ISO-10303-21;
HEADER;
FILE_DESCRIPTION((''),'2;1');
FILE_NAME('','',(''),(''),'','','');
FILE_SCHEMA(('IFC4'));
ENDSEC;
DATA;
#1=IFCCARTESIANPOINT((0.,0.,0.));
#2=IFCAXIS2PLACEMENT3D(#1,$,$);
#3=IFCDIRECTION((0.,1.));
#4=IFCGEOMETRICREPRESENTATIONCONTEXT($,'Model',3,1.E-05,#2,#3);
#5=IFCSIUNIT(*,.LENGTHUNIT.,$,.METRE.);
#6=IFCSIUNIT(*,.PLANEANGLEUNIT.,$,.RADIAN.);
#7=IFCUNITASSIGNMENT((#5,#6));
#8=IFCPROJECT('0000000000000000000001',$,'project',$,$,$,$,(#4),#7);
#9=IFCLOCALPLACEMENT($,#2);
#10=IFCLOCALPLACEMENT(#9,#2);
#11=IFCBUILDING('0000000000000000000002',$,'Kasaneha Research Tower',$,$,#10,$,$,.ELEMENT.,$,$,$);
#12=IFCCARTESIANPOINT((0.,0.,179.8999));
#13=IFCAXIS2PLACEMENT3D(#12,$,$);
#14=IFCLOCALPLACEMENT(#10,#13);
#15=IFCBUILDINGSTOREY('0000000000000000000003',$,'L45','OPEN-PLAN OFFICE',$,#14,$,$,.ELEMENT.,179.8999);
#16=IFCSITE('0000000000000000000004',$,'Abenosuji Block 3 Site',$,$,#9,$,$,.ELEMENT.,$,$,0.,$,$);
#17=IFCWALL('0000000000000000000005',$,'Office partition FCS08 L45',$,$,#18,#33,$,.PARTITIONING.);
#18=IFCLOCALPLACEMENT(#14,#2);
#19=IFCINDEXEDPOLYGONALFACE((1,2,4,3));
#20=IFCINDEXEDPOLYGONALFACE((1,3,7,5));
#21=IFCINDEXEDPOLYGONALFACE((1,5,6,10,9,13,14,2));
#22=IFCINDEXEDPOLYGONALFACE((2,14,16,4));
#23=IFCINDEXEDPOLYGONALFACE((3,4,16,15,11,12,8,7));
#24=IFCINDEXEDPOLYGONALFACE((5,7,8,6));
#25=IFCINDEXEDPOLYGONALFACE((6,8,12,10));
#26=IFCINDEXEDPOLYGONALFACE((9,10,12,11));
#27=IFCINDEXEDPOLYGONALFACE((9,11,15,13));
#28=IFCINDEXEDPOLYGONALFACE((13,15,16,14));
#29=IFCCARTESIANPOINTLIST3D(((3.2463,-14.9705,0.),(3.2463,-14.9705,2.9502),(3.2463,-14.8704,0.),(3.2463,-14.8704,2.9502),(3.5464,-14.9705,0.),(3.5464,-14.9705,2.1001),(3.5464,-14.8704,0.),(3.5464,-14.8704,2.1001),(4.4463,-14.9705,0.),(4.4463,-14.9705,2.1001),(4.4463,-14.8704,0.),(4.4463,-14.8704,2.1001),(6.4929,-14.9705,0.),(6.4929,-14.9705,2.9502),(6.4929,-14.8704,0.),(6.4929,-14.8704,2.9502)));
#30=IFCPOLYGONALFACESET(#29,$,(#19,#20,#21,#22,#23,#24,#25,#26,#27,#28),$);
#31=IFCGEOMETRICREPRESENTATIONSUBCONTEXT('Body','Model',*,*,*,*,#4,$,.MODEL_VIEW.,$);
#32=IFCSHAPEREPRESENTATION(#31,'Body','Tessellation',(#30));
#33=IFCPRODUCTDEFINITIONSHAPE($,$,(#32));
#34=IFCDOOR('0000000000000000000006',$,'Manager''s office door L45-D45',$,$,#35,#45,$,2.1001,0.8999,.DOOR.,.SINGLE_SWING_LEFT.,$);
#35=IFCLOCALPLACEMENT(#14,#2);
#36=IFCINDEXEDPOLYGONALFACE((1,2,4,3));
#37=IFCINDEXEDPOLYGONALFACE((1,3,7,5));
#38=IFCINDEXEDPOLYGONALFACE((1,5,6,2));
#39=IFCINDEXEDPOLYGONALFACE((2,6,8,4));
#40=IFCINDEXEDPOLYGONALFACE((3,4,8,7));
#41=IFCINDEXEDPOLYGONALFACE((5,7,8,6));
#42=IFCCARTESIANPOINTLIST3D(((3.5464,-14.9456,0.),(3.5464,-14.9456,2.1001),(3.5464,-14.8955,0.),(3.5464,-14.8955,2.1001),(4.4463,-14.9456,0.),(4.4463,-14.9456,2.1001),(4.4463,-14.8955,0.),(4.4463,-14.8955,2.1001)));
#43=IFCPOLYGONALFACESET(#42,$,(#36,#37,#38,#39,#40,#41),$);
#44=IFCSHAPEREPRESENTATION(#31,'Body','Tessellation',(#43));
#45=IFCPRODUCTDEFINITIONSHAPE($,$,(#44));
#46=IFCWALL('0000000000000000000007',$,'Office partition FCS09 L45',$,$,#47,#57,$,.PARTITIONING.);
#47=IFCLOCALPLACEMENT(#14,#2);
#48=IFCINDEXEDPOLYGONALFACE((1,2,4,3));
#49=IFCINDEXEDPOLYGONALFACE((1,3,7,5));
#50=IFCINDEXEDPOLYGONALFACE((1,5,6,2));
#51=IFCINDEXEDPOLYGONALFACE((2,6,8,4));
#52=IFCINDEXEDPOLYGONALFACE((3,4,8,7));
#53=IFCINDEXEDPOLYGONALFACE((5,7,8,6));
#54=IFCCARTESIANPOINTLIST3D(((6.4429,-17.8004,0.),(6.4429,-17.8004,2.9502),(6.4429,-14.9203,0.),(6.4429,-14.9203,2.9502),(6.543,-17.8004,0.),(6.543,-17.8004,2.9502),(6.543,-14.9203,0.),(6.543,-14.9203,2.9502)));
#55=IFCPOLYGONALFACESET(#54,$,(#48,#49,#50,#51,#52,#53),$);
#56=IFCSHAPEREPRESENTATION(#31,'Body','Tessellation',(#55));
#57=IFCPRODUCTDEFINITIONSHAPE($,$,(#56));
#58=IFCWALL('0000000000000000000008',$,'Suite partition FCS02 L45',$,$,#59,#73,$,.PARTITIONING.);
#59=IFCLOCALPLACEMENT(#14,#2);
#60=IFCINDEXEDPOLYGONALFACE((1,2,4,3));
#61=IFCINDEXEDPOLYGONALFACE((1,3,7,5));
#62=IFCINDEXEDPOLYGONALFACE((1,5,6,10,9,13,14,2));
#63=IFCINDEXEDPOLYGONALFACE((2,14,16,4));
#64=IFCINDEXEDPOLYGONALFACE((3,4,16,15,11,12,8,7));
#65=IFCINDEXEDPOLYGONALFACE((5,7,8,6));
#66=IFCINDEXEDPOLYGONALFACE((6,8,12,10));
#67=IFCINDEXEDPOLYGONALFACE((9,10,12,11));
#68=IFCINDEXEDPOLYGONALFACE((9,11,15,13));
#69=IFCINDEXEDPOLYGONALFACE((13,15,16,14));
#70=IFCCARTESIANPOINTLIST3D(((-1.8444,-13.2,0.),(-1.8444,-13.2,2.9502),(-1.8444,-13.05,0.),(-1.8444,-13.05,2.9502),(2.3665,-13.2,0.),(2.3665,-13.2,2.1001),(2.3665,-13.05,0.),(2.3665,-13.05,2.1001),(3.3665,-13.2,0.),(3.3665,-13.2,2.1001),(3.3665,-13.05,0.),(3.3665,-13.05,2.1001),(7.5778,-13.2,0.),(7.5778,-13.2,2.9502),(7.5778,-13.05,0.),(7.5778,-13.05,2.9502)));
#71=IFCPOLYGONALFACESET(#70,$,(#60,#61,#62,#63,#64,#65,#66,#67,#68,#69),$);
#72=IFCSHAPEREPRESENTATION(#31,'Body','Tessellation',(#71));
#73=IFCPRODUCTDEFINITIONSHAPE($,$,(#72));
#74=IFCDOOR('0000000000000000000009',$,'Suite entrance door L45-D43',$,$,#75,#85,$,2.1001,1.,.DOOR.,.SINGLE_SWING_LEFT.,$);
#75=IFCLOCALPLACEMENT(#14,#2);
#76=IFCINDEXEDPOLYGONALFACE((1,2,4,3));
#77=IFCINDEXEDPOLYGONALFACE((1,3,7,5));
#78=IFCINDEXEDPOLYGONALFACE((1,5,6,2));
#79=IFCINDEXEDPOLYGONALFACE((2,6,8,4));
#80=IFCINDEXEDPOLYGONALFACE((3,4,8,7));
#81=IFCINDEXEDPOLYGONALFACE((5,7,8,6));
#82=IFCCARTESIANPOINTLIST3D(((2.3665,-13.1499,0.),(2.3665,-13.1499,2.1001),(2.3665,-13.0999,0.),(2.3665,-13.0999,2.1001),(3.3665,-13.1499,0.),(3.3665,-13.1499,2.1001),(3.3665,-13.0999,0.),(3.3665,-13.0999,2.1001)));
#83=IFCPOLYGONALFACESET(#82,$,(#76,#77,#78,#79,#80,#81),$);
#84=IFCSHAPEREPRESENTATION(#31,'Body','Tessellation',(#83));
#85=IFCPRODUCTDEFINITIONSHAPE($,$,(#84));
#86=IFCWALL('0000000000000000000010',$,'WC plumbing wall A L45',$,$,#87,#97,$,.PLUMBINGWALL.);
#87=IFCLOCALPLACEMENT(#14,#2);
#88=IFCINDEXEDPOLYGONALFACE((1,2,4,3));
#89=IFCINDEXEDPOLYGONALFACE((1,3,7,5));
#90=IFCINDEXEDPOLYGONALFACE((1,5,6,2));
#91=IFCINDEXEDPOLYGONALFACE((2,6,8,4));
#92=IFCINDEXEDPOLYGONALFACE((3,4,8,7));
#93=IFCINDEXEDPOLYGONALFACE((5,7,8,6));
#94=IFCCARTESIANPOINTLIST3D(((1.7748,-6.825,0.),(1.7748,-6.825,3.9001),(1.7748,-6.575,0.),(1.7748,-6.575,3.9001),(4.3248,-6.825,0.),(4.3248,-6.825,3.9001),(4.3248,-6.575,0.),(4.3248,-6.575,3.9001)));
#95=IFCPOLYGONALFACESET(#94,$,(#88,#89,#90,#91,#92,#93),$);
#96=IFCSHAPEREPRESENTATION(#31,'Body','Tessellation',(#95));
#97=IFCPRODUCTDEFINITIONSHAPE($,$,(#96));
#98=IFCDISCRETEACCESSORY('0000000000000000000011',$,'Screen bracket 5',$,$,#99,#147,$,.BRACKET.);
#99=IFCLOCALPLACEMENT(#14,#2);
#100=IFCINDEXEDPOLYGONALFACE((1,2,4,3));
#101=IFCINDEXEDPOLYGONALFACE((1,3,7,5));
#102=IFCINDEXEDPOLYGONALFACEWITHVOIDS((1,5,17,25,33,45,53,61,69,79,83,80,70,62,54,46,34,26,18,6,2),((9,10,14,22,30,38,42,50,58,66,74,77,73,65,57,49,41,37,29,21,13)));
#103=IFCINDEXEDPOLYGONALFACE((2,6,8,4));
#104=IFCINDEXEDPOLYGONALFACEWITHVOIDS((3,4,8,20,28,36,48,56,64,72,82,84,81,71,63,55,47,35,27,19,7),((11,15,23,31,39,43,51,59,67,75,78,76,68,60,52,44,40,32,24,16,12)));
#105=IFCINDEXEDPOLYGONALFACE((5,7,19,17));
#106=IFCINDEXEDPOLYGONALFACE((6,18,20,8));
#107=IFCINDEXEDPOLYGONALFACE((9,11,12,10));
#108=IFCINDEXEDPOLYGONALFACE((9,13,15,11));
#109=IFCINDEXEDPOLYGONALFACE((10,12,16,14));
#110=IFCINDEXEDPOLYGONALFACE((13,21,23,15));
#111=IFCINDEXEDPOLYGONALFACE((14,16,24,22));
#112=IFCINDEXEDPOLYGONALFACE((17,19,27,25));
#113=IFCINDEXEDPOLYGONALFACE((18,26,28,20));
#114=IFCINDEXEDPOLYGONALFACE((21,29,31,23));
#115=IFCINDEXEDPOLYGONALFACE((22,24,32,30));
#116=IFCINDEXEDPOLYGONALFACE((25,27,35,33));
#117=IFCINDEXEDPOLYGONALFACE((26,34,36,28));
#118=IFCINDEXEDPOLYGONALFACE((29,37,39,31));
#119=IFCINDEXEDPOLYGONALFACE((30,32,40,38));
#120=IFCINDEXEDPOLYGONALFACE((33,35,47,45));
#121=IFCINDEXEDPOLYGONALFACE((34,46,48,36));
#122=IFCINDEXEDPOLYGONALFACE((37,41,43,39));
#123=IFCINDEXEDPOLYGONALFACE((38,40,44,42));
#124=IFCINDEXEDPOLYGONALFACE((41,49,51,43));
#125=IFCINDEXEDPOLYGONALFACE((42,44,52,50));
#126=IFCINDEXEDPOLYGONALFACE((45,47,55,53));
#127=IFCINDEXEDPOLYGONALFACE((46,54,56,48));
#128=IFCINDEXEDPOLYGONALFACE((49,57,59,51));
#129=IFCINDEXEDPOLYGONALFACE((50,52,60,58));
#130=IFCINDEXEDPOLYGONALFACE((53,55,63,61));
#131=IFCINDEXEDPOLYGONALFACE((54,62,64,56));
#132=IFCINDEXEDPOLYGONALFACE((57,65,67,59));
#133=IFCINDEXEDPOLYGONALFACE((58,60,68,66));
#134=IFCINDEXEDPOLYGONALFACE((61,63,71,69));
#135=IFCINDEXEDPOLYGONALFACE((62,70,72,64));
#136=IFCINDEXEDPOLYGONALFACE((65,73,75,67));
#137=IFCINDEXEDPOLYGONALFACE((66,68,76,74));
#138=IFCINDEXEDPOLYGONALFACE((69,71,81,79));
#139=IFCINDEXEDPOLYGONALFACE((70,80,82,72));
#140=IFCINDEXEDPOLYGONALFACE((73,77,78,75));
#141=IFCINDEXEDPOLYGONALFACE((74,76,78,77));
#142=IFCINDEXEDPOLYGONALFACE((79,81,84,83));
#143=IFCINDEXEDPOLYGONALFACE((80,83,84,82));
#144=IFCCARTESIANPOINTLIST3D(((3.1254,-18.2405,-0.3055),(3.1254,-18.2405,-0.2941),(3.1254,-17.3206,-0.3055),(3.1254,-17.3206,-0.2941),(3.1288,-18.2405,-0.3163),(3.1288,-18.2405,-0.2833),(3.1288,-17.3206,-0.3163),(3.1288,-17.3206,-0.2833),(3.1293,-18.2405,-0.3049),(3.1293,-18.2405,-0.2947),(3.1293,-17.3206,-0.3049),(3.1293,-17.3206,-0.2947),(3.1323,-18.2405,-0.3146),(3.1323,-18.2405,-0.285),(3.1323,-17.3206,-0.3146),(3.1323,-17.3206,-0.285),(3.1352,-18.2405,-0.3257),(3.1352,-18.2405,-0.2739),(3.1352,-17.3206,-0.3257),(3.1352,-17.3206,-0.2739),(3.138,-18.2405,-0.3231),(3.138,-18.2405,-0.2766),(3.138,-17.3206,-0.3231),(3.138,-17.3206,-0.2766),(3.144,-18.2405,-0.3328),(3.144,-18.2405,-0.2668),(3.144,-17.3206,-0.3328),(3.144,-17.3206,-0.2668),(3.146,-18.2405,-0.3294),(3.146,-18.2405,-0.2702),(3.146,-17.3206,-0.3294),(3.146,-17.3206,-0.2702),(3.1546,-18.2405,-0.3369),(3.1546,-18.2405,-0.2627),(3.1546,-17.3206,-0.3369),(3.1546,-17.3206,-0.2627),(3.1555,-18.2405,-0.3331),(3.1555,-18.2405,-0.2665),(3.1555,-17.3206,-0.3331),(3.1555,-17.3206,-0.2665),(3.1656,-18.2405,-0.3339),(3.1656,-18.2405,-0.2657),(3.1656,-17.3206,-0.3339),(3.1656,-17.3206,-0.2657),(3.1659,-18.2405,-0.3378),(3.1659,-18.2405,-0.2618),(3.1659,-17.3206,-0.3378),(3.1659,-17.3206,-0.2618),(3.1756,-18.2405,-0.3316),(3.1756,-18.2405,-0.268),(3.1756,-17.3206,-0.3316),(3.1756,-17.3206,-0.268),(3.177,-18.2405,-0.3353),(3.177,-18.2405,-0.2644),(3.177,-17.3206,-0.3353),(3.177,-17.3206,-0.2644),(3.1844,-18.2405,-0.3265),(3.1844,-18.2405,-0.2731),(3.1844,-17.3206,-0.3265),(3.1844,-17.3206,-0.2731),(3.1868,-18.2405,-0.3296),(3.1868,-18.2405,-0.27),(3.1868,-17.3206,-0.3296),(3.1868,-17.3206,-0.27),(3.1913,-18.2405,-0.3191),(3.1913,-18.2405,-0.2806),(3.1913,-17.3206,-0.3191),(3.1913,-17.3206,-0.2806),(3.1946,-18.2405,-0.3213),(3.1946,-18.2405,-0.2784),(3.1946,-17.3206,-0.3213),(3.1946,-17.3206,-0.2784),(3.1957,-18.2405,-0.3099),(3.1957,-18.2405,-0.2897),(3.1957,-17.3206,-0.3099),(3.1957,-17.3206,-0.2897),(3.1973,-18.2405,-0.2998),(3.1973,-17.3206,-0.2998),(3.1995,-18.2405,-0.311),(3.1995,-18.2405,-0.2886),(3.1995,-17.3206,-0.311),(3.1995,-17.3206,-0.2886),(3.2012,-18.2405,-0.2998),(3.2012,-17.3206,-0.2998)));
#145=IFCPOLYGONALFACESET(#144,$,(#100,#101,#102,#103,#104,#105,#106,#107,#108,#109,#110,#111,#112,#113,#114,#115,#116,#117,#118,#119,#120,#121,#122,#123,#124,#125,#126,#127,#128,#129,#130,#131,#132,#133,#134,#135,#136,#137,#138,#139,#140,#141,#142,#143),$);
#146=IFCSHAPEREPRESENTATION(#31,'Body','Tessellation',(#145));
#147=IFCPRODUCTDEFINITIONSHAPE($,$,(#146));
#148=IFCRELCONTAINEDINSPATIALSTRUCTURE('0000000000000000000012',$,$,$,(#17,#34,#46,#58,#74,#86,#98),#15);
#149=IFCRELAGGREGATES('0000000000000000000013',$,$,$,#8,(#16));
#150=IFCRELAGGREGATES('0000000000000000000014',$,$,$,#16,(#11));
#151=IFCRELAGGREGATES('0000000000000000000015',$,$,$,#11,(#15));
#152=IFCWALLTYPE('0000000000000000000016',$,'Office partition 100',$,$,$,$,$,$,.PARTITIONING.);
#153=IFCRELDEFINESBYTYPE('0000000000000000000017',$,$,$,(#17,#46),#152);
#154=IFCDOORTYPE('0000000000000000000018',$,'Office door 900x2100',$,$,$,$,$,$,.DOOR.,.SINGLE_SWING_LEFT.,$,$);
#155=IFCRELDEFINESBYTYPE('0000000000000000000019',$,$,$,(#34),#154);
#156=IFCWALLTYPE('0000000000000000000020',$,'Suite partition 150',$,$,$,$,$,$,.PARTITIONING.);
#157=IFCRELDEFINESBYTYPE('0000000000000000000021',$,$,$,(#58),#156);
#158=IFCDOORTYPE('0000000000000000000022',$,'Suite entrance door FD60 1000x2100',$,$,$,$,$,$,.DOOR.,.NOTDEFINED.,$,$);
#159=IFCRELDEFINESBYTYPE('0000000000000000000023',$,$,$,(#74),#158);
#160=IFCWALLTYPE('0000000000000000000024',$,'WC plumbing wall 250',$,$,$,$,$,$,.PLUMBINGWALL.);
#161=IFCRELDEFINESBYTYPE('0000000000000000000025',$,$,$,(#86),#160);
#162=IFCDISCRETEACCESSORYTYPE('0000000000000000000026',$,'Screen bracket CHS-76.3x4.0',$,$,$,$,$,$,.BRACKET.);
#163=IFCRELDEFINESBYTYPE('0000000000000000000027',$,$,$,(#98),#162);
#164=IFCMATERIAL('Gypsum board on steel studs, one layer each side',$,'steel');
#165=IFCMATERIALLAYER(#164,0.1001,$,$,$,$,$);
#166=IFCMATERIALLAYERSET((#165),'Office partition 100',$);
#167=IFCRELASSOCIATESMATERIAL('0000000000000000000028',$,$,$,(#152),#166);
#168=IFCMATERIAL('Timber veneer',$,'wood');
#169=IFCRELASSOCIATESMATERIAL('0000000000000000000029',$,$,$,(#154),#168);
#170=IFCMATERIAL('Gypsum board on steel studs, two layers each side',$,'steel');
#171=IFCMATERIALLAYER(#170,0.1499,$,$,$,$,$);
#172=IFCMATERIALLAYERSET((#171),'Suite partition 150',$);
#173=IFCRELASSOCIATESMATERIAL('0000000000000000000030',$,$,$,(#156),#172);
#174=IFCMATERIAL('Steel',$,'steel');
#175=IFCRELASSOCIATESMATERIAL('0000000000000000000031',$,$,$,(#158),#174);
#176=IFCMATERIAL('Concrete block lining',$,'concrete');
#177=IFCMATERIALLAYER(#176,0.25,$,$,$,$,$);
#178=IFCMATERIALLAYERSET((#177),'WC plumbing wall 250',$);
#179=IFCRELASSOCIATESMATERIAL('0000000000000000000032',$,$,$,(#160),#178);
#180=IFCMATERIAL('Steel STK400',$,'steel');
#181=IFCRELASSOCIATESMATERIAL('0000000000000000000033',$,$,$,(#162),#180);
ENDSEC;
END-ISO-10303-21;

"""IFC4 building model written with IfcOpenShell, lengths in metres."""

from ifc_helpers import new_model, si_unit, direction, frame, frame_2d, origin, origin_2d, place, context, subcontext, project, spatial, rectangle, hollow_circle, extrude, material, layer, layer_set, material_profile, profile_set, type_object, element, fill, save


model = new_model("IFC4")

# Units and contexts
model_context = context("Model", 3, precision=1e-05, world=origin(), true_north=direction((0.0, 1.0)))
body_context = subcontext(model_context, "Body", "Model", "MODEL_VIEW")
ifc_project = project(units=[si_unit("LENGTHUNIT", "METRE"), si_unit("PLANEANGLEUNIT", "RADIAN")], contexts=[model_context])

# Site, building, storey
site_placement = place(None, origin())
site = spatial("IfcSite", under=ifc_project, at=site_placement, Name="Abenosuji Block 3 Site", CompositionType="ELEMENT", RefElevation=0.0)
building_placement = place(site_placement, origin())
building = spatial("IfcBuilding", under=site, at=building_placement, Name="Kasaneha Research Tower", CompositionType="ELEMENT")
storey_placement = place(building_placement, frame((0.0, 0.0, 179.8999)))
storey = spatial("IfcBuildingStorey", under=building, at=storey_placement, Name="L45", Description="OPEN-PLAN OFFICE", CompositionType="ELEMENT", Elevation=179.8999)

# Wall, opening, door
ifc_material_1 = material(Name="Gypsum board on steel studs, one layer each side", Category="steel")
ifc_layer_1 = layer(ifc_material_1, 0.1001)
ifc_layer_set_1 = layer_set([ifc_layer_1], Name="Office partition 100")
wall_type_1 = type_object("IfcWallType", Name="Office partition 100", PredefinedType="PARTITIONING", material=ifc_layer_set_1)
wall_1_placement = place(storey_placement, frame((3.2463, -14.9204, 0.0), z_axis=(0.0, 0.0, 1.0), x_axis=(1.0, 0.0, 0.0)))
wall_1 = element("IfcWall", 1, at=wall_1_placement, inside=storey, type_object=wall_type_1, Name="Office partition FCS08 L45", PredefinedType="PARTITIONING", context=body_context, shape_type="SweptSolid", body=[
    extrude(rectangle(XDim=3.2466, YDim=0.1001, at=frame_2d((1.6233, 0.0))), origin(), (0.0, 0.0, 1.0), 2.9502),
])
opening_1_placement = place(wall_1_placement, frame((0.3, 0.0, 0.0)))
opening_1 = element("IfcOpeningElement", 2, at=opening_1_placement, cuts=wall_1, PredefinedType="OPENING", context=body_context, shape_type="SweptSolid", body=[
    extrude(rectangle(XDim=0.8999, YDim=2.1001, at=frame_2d((0.45, 1.05))), frame((0.0, 0.0601, 0.0), z_axis=(0.0, -1.0, 0.0), x_axis=(1.0, 0.0, 0.0)), (0.0, 0.0, 1.0), 0.1201),
])
ifc_material_2 = material(Name="Timber veneer", Category="wood")
door_type_1 = type_object("IfcDoorType", Name="Office door 900x2100", OperationType="SINGLE_SWING_LEFT", PredefinedType="DOOR", material=ifc_material_2)
door_1_placement = place(opening_1_placement, origin())
door_1 = element("IfcDoor", 3, at=door_1_placement, inside=storey, type_object=door_type_1, Name="Manager's office door L45-D45", OperationType="SINGLE_SWING_LEFT", OverallHeight=2.1001, OverallWidth=0.8999, PredefinedType="DOOR", context=body_context, shape_type="SweptSolid", body=[
    extrude(rectangle(XDim=0.8999, YDim=2.1001, at=frame_2d((0.45, 1.05))), frame((0.0, 0.0249, 0.0), z_axis=(0.0, -1.0, 0.0), x_axis=(1.0, 0.0, 0.0)), (0.0, 0.0, 1.0), 0.05),
])
fill(opening_1, door_1)

# Wall
wall_2_placement = place(storey_placement, frame((6.4929, -14.9204, 0.0), z_axis=(0.0, 0.0, 1.0), x_axis=(0.0, -1.0, 0.0)))
element("IfcWall", 4, at=wall_2_placement, inside=storey, type_object=wall_type_1, Name="Office partition FCS09 L45", PredefinedType="PARTITIONING", context=body_context, shape_type="SweptSolid", body=[
    extrude(rectangle(XDim=2.8801, YDim=0.1001, at=frame_2d((1.4399, 0.0))), origin(), (0.0, 0.0, 1.0), 2.9502),
])

# Wall, opening, door
ifc_material_3 = material(Name="Gypsum board on steel studs, two layers each side", Category="steel")
ifc_layer_2 = layer(ifc_material_3, 0.1499)
ifc_layer_set_2 = layer_set([ifc_layer_2], Name="Suite partition 150")
wall_type_2 = type_object("IfcWallType", Name="Suite partition 150", PredefinedType="PARTITIONING", material=ifc_layer_set_2)
wall_3_placement = place(storey_placement, frame((7.5776, -13.125, 0.0), z_axis=(0.0, 0.0, 1.0), x_axis=(-1.0, 0.0, 0.0)))
wall_3 = element("IfcWall", 5, at=wall_3_placement, inside=storey, type_object=wall_type_2, Name="Suite partition FCS02 L45", PredefinedType="PARTITIONING", context=body_context, shape_type="SweptSolid", body=[
    extrude(rectangle(XDim=9.4221, YDim=0.1499, at=frame_2d((4.7109, 0.0))), origin(), (0.0, 0.0, 1.0), 2.9502),
])
opening_2_placement = place(wall_3_placement, frame((4.2112, 0.0, 0.0)))
opening_2 = element("IfcOpeningElement", 6, at=opening_2_placement, cuts=wall_3, PredefinedType="OPENING", context=body_context, shape_type="SweptSolid", body=[
    extrude(rectangle(XDim=1.0, YDim=2.1001, at=frame_2d((0.5, 1.05))), frame((0.0, 0.085, 0.0), z_axis=(0.0, -1.0, 0.0), x_axis=(1.0, 0.0, 0.0)), (0.0, 0.0, 1.0), 0.1699),
])
ifc_material_4 = material(Name="Steel", Category="steel")
door_type_2 = type_object("IfcDoorType", Name="Suite entrance door FD60 1000x2100", OperationType="NOTDEFINED", PredefinedType="DOOR", material=ifc_material_4)
door_2_placement = place(opening_2_placement, origin())
door_2 = element("IfcDoor", 7, at=door_2_placement, inside=storey, type_object=door_type_2, Name="Suite entrance door L45-D43", OperationType="SINGLE_SWING_LEFT", OverallHeight=2.1001, OverallWidth=1.0, PredefinedType="DOOR", context=body_context, shape_type="SweptSolid", body=[
    extrude(rectangle(XDim=1.0, YDim=2.1001, at=frame_2d((0.5, 1.05))), frame((0.0, 0.0249, 0.0), z_axis=(0.0, -1.0, 0.0), x_axis=(1.0, 0.0, 0.0)), (0.0, 0.0, 1.0), 0.05),
])
fill(opening_2, door_2)

# Wall
ifc_material_5 = material(Name="Concrete block lining", Category="concrete")
ifc_layer_3 = layer(ifc_material_5, 0.25)
ifc_layer_set_3 = layer_set([ifc_layer_3], Name="WC plumbing wall 250")
wall_type_3 = type_object("IfcWallType", Name="WC plumbing wall 250", PredefinedType="PLUMBINGWALL", material=ifc_layer_set_3)
wall_4_placement = place(storey_placement, frame((1.7749, -6.7, 0.0), z_axis=(0.0, 0.0, 1.0), x_axis=(1.0, 0.0, 0.0)))
element("IfcWall", 8, at=wall_4_placement, inside=storey, type_object=wall_type_3, Name="WC plumbing wall A L45", PredefinedType="PLUMBINGWALL", context=body_context, shape_type="SweptSolid", body=[
    extrude(rectangle(XDim=2.55, YDim=0.25, at=frame_2d((1.2749, 0.0))), origin(), (0.0, 0.0, 1.0), 3.9001),
])

# Discrete accessory
ifc_material_6 = material(Name="Steel STK400", Category="steel")
ifc_material_profile_1 = material_profile(ifc_material_6, hollow_circle(Radius=0.0381, WallThickness=0.0039, at=origin_2d()), Name="CHS-76.3x4.0")
ifc_profile_set_1 = profile_set([ifc_material_profile_1], Name="Steel STK400")
discrete_accessory_type = type_object("IfcDiscreteAccessoryType", Name="Screen bracket CHS-76.3x4.0", PredefinedType="BRACKET", material=ifc_profile_set_1)
for number, where, z_axis, x_axis, name in (
    (9, (3.1631, -17.3206, -0.2998), (0.0, -1.0, 0.0), (1.0, 0.0, 0.0), "Screen bracket 5"),
):
    element("IfcDiscreteAccessory", number, at=place(storey_placement, frame(where, z_axis=z_axis, x_axis=x_axis)), inside=storey, type_object=discrete_accessory_type, Name=name, PredefinedType="BRACKET", context=body_context, shape_type="SweptSolid", body=[
        extrude(hollow_circle(Radius=0.0381, WallThickness=0.0039, at=origin_2d()), origin(), (0.0, 0.0, 1.0), 0.9199),
    ])

save(model, "model.ifc")
